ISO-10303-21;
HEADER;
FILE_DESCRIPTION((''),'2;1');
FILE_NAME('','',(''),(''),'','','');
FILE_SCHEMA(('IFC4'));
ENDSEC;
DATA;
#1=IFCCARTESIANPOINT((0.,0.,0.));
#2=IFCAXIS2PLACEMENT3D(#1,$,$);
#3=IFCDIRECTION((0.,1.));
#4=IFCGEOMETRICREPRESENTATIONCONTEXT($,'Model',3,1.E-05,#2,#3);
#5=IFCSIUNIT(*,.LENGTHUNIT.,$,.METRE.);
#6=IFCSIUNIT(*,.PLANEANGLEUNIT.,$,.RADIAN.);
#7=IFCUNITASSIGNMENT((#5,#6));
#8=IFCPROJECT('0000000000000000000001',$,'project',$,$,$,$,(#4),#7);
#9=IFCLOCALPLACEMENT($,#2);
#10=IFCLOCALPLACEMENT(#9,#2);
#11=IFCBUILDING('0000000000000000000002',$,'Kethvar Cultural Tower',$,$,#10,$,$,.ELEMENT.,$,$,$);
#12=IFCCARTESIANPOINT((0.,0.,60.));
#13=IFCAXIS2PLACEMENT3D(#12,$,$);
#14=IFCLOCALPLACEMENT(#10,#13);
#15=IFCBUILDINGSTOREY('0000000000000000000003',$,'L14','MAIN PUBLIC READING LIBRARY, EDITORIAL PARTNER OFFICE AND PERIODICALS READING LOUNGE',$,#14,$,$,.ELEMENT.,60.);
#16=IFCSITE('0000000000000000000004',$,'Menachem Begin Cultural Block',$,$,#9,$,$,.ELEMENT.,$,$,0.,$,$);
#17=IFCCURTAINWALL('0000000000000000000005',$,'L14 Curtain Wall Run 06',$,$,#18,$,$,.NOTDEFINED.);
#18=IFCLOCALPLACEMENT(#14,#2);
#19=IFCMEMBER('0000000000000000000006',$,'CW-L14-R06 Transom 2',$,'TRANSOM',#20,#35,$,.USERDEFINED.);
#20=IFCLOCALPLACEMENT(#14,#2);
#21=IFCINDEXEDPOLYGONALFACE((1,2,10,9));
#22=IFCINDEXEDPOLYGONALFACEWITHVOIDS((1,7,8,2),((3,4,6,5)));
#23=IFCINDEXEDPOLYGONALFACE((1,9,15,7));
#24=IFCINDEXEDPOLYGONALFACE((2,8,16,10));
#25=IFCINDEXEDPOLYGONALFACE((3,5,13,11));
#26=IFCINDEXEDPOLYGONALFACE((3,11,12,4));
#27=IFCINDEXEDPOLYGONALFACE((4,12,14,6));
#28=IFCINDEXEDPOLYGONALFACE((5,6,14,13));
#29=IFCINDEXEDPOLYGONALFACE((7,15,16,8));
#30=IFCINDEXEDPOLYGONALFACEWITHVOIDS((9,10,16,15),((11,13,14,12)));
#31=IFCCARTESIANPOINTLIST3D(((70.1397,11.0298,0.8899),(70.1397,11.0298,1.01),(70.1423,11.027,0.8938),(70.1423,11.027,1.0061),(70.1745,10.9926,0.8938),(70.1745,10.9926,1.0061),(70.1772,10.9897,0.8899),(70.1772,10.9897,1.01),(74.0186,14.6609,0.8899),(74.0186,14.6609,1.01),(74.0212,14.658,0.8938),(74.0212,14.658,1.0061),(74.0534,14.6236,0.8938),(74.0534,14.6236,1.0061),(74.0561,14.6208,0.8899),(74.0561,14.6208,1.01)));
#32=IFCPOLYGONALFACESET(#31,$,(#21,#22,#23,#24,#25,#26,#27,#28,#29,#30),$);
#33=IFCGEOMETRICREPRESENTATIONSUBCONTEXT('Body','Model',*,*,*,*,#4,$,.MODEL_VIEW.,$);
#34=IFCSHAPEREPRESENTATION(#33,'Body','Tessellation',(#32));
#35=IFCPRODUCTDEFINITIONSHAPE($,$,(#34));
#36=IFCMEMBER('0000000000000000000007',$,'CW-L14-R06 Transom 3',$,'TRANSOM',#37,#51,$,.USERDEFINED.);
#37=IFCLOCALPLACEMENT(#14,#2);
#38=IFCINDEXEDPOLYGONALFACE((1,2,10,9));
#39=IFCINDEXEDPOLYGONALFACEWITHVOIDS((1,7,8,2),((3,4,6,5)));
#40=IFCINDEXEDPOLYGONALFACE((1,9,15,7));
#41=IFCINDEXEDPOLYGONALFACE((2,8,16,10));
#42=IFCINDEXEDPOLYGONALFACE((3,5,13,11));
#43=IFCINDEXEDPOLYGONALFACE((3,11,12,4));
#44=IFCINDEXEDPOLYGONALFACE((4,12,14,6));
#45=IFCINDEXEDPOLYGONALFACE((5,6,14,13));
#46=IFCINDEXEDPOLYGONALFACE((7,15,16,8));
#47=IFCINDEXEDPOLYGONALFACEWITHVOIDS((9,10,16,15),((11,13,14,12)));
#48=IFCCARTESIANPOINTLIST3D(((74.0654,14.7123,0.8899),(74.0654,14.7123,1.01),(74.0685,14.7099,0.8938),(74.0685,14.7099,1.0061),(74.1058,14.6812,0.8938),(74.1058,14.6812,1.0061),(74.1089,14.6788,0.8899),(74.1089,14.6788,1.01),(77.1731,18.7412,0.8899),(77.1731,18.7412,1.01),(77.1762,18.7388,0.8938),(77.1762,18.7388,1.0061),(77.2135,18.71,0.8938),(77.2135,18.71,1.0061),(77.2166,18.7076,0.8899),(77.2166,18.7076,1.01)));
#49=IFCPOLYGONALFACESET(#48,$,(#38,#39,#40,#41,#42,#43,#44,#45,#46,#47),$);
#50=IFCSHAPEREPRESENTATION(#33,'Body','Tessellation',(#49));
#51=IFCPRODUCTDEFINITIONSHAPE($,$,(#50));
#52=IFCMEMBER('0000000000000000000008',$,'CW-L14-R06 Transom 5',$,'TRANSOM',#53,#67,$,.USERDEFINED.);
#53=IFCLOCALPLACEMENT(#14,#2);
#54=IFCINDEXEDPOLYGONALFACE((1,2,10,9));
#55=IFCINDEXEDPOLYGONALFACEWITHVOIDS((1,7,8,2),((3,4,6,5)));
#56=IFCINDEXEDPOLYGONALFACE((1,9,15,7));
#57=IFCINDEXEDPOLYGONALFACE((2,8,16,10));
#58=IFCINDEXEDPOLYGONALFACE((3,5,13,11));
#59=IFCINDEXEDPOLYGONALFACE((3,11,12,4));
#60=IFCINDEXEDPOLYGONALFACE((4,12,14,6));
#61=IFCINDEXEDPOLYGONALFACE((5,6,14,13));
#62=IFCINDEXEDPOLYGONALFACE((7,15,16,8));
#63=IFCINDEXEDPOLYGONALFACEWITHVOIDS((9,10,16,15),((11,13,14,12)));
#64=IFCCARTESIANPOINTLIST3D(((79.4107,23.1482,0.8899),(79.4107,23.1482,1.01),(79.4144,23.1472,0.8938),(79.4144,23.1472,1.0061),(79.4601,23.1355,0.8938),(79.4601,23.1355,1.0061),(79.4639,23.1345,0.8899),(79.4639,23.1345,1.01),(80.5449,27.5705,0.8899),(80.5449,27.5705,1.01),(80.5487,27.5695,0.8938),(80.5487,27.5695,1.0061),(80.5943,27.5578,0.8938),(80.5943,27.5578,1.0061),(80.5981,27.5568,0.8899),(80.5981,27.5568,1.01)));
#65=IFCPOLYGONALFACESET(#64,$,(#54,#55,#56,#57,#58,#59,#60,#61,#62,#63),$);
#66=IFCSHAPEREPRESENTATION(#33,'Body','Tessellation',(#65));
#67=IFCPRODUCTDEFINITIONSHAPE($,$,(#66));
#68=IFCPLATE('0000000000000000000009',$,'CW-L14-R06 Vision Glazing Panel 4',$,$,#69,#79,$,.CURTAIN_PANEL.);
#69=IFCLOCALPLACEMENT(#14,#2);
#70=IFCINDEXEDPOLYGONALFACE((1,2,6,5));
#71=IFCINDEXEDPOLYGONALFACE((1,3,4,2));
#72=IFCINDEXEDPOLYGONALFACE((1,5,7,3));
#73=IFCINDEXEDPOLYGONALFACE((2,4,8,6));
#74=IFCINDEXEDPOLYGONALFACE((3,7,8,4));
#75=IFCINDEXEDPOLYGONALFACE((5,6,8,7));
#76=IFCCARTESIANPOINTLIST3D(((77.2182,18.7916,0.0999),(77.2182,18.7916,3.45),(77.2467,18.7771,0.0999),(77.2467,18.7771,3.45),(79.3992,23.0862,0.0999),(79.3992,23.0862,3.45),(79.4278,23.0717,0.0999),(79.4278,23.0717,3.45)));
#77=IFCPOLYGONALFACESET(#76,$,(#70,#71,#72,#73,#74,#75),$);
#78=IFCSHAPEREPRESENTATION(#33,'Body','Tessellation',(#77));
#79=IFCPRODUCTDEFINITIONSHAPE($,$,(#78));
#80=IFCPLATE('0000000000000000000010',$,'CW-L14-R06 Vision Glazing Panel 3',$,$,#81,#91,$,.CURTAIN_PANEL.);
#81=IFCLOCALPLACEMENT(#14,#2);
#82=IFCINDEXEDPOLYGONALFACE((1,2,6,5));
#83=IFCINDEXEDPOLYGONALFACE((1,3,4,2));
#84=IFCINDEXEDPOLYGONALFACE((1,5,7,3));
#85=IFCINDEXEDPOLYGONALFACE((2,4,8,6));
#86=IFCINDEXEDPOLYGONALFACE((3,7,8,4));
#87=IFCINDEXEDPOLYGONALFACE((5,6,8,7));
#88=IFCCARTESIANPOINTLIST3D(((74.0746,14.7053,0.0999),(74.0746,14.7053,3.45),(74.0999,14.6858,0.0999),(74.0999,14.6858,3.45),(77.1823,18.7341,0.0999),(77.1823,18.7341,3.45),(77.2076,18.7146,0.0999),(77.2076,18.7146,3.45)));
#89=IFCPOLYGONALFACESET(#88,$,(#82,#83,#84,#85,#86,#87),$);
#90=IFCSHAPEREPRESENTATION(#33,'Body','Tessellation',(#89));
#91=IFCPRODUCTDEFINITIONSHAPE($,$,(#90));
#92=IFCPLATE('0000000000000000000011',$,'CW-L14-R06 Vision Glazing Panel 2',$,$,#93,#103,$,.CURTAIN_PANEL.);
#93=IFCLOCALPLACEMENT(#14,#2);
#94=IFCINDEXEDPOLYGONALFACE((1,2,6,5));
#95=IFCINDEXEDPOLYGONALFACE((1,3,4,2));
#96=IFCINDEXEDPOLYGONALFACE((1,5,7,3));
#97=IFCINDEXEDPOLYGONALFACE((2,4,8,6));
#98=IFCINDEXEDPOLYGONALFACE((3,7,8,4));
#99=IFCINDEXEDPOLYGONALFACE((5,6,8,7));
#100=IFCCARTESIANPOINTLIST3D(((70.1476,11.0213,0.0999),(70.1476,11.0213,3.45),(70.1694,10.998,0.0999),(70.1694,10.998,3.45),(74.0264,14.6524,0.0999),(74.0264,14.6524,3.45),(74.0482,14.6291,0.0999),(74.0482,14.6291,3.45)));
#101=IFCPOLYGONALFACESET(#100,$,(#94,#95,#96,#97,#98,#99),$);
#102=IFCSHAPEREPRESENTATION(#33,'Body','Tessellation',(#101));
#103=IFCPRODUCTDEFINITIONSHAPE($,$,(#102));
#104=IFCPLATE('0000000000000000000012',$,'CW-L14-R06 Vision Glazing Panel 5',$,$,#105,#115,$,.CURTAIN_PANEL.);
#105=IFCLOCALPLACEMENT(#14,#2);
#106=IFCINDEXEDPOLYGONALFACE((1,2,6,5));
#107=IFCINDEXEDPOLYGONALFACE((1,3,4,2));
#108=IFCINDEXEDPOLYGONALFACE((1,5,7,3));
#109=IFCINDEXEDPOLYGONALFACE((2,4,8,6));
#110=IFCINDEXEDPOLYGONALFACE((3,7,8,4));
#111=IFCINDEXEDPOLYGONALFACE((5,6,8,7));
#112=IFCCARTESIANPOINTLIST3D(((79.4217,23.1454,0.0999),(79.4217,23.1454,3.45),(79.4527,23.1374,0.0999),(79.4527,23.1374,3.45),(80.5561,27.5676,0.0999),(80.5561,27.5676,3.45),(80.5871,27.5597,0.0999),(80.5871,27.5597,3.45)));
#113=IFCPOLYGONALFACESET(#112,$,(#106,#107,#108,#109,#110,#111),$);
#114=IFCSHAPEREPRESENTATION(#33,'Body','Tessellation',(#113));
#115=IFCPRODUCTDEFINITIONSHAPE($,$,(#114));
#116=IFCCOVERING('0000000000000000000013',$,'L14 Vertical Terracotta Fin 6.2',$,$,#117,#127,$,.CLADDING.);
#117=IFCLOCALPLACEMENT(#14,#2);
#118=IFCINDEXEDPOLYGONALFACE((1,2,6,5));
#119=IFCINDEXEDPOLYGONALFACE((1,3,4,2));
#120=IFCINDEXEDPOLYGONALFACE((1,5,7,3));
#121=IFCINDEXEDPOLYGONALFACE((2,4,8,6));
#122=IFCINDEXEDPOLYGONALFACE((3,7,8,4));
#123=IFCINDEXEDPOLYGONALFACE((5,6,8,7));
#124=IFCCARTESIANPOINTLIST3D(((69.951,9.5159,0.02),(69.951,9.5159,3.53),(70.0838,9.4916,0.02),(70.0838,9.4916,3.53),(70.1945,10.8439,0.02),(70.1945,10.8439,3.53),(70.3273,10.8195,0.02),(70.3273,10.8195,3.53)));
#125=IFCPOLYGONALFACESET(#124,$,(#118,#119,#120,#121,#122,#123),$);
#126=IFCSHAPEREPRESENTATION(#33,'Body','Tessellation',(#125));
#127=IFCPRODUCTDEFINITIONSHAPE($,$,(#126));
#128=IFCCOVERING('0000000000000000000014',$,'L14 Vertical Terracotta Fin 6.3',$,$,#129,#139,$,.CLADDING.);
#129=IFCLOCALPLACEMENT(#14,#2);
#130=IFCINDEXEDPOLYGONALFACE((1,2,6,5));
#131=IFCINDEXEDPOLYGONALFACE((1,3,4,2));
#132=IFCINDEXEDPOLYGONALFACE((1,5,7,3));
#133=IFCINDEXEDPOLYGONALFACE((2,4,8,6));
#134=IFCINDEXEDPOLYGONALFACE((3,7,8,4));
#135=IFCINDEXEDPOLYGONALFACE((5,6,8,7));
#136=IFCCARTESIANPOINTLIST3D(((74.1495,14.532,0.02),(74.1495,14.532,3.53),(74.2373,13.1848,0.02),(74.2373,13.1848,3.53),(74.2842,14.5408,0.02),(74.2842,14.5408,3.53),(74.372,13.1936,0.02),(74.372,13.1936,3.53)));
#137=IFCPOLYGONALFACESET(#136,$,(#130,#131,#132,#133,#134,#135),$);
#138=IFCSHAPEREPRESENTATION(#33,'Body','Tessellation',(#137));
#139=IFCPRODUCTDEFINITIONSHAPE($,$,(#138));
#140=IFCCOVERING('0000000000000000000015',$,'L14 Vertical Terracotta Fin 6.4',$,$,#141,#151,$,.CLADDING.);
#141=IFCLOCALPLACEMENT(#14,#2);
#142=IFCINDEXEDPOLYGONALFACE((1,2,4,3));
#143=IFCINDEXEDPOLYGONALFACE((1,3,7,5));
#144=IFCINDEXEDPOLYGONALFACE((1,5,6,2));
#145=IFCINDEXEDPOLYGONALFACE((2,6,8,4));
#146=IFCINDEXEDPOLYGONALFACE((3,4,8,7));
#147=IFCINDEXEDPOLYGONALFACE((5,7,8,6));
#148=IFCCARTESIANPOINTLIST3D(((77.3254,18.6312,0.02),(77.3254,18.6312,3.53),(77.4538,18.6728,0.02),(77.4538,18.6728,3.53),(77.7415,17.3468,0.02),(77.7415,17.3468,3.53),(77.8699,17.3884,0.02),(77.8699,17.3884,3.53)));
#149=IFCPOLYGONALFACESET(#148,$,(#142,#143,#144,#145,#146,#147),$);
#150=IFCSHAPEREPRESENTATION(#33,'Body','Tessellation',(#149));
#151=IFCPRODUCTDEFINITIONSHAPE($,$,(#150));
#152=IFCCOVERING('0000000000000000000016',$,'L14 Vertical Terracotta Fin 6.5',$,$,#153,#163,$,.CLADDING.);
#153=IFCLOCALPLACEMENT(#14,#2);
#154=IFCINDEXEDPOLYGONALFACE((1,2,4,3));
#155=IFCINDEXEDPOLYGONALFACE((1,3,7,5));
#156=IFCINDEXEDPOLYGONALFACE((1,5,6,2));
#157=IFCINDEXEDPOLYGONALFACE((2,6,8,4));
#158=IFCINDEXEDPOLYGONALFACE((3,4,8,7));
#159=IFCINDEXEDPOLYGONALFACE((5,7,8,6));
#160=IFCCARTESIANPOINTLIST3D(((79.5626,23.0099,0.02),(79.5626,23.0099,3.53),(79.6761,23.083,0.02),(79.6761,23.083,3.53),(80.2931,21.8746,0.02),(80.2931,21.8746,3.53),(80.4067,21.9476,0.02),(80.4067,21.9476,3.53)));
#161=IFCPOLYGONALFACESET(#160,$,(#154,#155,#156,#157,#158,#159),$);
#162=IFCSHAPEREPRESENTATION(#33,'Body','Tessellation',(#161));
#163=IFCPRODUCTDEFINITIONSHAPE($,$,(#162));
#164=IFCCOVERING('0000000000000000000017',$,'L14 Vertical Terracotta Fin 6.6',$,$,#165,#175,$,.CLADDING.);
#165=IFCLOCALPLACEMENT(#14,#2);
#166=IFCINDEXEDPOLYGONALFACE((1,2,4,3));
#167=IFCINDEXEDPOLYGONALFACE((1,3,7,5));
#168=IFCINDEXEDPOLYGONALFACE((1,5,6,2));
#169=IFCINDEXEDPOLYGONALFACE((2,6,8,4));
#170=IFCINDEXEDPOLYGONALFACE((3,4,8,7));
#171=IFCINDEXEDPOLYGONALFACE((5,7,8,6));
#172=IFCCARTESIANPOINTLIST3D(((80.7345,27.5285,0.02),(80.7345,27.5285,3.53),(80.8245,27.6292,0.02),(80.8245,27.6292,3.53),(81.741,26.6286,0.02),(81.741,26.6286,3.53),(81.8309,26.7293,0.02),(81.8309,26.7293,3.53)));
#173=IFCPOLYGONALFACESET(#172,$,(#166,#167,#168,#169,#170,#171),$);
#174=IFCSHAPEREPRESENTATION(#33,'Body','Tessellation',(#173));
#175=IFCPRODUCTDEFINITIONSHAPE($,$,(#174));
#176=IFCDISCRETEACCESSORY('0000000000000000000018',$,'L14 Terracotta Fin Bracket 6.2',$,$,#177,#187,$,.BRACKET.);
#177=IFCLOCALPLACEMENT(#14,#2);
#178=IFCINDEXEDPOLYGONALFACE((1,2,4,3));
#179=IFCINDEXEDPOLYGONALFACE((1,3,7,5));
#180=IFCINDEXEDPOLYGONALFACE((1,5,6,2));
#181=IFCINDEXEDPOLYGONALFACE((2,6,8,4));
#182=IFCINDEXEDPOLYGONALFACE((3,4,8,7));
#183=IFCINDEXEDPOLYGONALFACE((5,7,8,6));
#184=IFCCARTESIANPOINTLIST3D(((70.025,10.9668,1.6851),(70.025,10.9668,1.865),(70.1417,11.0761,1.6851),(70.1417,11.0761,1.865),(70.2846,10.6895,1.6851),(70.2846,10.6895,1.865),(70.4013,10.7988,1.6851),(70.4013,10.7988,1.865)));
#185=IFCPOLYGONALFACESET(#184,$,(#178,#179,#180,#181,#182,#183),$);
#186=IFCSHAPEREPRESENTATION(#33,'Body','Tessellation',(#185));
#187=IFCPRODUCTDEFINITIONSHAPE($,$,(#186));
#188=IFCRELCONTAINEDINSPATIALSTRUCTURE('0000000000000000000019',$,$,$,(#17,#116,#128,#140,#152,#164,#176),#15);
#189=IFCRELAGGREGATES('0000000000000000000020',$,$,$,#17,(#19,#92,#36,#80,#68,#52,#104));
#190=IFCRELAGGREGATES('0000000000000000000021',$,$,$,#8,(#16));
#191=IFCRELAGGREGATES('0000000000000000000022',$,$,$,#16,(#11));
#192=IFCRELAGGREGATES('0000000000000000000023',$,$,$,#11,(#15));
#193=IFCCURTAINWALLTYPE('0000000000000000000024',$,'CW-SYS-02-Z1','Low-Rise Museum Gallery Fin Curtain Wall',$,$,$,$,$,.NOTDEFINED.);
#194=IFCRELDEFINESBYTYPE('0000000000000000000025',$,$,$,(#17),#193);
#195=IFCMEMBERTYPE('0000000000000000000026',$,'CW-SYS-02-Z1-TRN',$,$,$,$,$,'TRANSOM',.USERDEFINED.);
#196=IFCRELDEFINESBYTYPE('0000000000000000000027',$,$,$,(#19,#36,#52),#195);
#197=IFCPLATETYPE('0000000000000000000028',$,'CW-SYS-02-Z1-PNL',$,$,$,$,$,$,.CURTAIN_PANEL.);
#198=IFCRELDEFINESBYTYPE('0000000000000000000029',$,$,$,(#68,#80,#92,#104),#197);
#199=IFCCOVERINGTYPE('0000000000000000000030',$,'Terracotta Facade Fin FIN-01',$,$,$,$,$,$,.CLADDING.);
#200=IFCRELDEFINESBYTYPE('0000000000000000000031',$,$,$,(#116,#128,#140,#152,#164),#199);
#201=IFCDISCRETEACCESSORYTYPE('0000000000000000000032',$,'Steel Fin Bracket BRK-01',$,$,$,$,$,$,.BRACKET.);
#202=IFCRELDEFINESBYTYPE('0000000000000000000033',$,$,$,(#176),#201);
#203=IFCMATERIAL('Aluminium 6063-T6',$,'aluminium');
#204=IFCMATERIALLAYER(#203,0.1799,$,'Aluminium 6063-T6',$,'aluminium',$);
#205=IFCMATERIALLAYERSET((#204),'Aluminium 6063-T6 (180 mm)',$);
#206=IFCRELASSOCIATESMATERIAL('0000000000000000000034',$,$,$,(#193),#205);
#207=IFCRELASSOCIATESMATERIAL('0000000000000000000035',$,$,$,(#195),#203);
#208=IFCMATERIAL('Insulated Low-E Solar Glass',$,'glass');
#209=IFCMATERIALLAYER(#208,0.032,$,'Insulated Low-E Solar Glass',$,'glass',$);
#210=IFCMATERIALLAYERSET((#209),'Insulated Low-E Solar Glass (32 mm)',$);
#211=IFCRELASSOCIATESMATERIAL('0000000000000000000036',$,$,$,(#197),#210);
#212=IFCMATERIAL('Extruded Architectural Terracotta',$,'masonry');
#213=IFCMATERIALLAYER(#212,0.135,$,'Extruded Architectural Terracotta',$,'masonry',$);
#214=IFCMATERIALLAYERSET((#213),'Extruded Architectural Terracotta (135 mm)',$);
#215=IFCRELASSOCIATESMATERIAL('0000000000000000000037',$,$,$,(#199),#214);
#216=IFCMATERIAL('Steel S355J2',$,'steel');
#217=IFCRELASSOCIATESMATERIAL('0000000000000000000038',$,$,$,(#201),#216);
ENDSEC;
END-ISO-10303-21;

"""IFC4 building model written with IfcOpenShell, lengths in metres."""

from ifc_helpers import new_model, si_unit, direction, frame, origin, origin_2d, place, context, subcontext, project, spatial, rectangle, hollow_rectangle, extrude, source, transform, mapped, material, layer, layer_set, material_profile, profile_set, type_object, element, aggregate, save


model = new_model("IFC4")

# Units and contexts
model_context = context("Model", 3, precision=1e-05, world=origin(), true_north=direction((0.0, 1.0)))
body_context = subcontext(model_context, "Body", "Model", "MODEL_VIEW")
ifc_project = project(units=[si_unit("LENGTHUNIT", "METRE"), si_unit("PLANEANGLEUNIT", "RADIAN")], contexts=[model_context])

# Site, building, storey
site_placement = place(None, origin())
site = spatial("IfcSite", under=ifc_project, at=site_placement, Name="Menachem Begin Cultural Block", CompositionType="ELEMENT", RefElevation=0.0)
building_placement = place(site_placement, origin())
building = spatial("IfcBuilding", under=site, at=building_placement, Name="Kethvar Cultural Tower", CompositionType="ELEMENT")
storey_placement = place(building_placement, frame((0.0, 0.0, 60.0)))
storey = spatial("IfcBuildingStorey", under=building, at=storey_placement, Name="L14", Description="MAIN PUBLIC READING LIBRARY, EDITORIAL PARTNER OFFICE AND PERIODICALS READING LOUNGE", CompositionType="ELEMENT", Elevation=60.0)

# Shared definitions
ifc_material_1 = material(Name="Steel S355J2", Category="steel")

# Curtain wall, members, plates
ifc_material_2 = material(Name="Aluminium 6063-T6", Category="aluminium")
ifc_layer_1 = layer(ifc_material_2, 0.1799, Name="Aluminium 6063-T6", Category="aluminium")
ifc_layer_set_1 = layer_set([ifc_layer_1], Name="Aluminium 6063-T6 (180 mm)")
curtain_wall_type = type_object("IfcCurtainWallType", Name="CW-SYS-02-Z1", Description="Low-Rise Museum Gallery Fin Curtain Wall", PredefinedType="NOTDEFINED", material=ifc_layer_set_1)
curtain_wall_placement = place(storey_placement, origin())
curtain_wall = element("IfcCurtainWall", 1, at=curtain_wall_placement, inside=storey, type_object=curtain_wall_type, Name="L14 Curtain Wall Run 06", PredefinedType="NOTDEFINED")
ifc_material_profile_1 = material_profile(ifc_material_2, hollow_rectangle(XDim=0.0549, YDim=0.1201, WallThickness=0.0039, at=origin_2d()), Name="Aluminium 6063-T6 — RHS120x55x4")
ifc_profile_set_1 = profile_set([ifc_material_profile_1], Name="Aluminium 6063-T6 — RHS120x55x4")
member_type_1 = type_object("IfcMemberType", Name="CW-SYS-02-Z1-TRN", ElementType="TRANSOM", PredefinedType="USERDEFINED", material=ifc_profile_set_1)
shared_shape_1 = source(origin(), body_context, "Body", "SweptSolid", [
    extrude(hollow_rectangle(XDim=0.0549, YDim=0.1201, WallThickness=0.0039, at=origin_2d()), origin(), (0.0, 0.0, 1.0), 5.3132),
])
member_1_placement = place(storey_placement, frame((70.1584, 11.0098, 0.95), z_axis=(0.730041, 0.683403, 0.0), x_axis=(-0.683403, 0.730041, 0.0)))
member_1 = element("IfcMember", 2, at=member_1_placement, type_object=member_type_1, Name="CW-L14-R06 Transom 2", ObjectType="TRANSOM", PredefinedType="USERDEFINED", context=body_context, shape_type="MappedRepresentation", body=[
    mapped(shared_shape_1, transform((0.0, 0.0, 0.0), scale=1.0)),
])
shared_shape_2 = source(origin(), body_context, "Body", "SweptSolid", [
    extrude(hollow_rectangle(XDim=0.0549, YDim=0.1201, WallThickness=0.0039, at=origin_2d()), origin(), (0.0, 0.0, 1.0), 5.0881),
])
member_2_placement = place(storey_placement, frame((74.0872, 14.6956, 0.95), z_axis=(0.61077, 0.791808, 0.0), x_axis=(-0.791808, 0.61077, 0.0)))
member_2 = element("IfcMember", 3, at=member_2_placement, type_object=member_type_1, Name="CW-L14-R06 Transom 3", ObjectType="TRANSOM", PredefinedType="USERDEFINED", context=body_context, shape_type="MappedRepresentation", body=[
    mapped(shared_shape_2, transform((0.0, 0.0, 0.0), scale=1.0)),
])
shared_shape_3 = source(origin(), body_context, "Body", "SweptSolid", [
    extrude(hollow_rectangle(XDim=0.0549, YDim=0.1201, WallThickness=0.0039, at=origin_2d()), origin(), (0.0, 0.0, 1.0), 4.5654),
])
member_3_placement = place(storey_placement, frame((79.4373, 23.1414, 0.95), z_axis=(0.248445, 0.968646, 0.0), x_axis=(-0.968646, 0.248445, 0.0)))
member_3 = element("IfcMember", 4, at=member_3_placement, type_object=member_type_1, Name="CW-L14-R06 Transom 5", ObjectType="TRANSOM", PredefinedType="USERDEFINED", context=body_context, shape_type="MappedRepresentation", body=[
    mapped(shared_shape_3, transform((0.0, 0.0, 0.0), scale=1.0)),
])
ifc_material_3 = material(Name="Insulated Low-E Solar Glass", Category="glass")
ifc_layer_2 = layer(ifc_material_3, 0.032, Name="Insulated Low-E Solar Glass", Category="glass")
ifc_layer_set_2 = layer_set([ifc_layer_2], Name="Insulated Low-E Solar Glass (32 mm)")
plate_type = type_object("IfcPlateType", Name="CW-SYS-02-Z1-PNL", PredefinedType="CURTAIN_PANEL", material=ifc_layer_set_2)
shared_shape_4 = source(origin(), body_context, "Body", "SweptSolid", [
    extrude(rectangle(XDim=4.8167, YDim=0.032, at=origin_2d()), origin(), (0.0, 0.0, 1.0), 3.3501),
])
plate_1_placement = place(storey_placement, frame((78.323, 20.9316, 0.0999), z_axis=(0.0, 0.0, 1.0), x_axis=(0.452808, 0.891608, 0.0)))
plate_1 = element("IfcPlate", 5, at=plate_1_placement, type_object=plate_type, Name="CW-L14-R06 Vision Glazing Panel 4", PredefinedType="CURTAIN_PANEL", context=body_context, shape_type="MappedRepresentation", body=[
    mapped(shared_shape_4, transform((0.0, 0.0, 0.0), scale=1.0)),
])
shared_shape_5 = source(origin(), body_context, "Body", "SweptSolid", [
    extrude(rectangle(XDim=5.0881, YDim=0.032, at=origin_2d()), origin(), (0.0, 0.0, 1.0), 3.3501),
])
plate_2_placement = place(storey_placement, frame((75.6411, 16.71, 0.0999), z_axis=(0.0, 0.0, 1.0), x_axis=(0.610781, 0.7918, 0.0)))
plate_2 = element("IfcPlate", 6, at=plate_2_placement, type_object=plate_type, Name="CW-L14-R06 Vision Glazing Panel 3", PredefinedType="CURTAIN_PANEL", context=body_context, shape_type="MappedRepresentation", body=[
    mapped(shared_shape_5, transform((0.0, 0.0, 0.0), scale=1.0)),
])
shared_shape_6 = source(origin(), body_context, "Body", "SweptSolid", [
    extrude(rectangle(XDim=5.3132, YDim=0.032, at=origin_2d()), origin(), (0.0, 0.0, 1.0), 3.3501),
])
plate_3_placement = place(storey_placement, frame((72.0979, 12.8252, 0.0999), z_axis=(0.0, 0.0, 1.0), x_axis=(0.730031, 0.683414, 0.0)))
plate_3 = element("IfcPlate", 7, at=plate_3_placement, type_object=plate_type, Name="CW-L14-R06 Vision Glazing Panel 2", PredefinedType="CURTAIN_PANEL", context=body_context, shape_type="MappedRepresentation", body=[
    mapped(shared_shape_6, transform((0.0, 0.0, 0.0), scale=1.0)),
])
shared_shape_7 = source(origin(), body_context, "Body", "SweptSolid", [
    extrude(rectangle(XDim=4.5654, YDim=0.032, at=origin_2d()), origin(), (0.0, 0.0, 1.0), 3.3501),
])
plate_4_placement = place(storey_placement, frame((80.0044, 25.3525, 0.0999), z_axis=(0.0, 0.0, 1.0), x_axis=(0.248487, 0.968635, 0.0)))
plate_4 = element("IfcPlate", 8, at=plate_4_placement, type_object=plate_type, Name="CW-L14-R06 Vision Glazing Panel 5", PredefinedType="CURTAIN_PANEL", context=body_context, shape_type="MappedRepresentation", body=[
    mapped(shared_shape_7, transform((0.0, 0.0, 0.0), scale=1.0)),
])
aggregate(curtain_wall, [member_1, plate_3, member_2, plate_2, plate_1, member_3, plate_4])

# Coverings
ifc_material_4 = material(Name="Extruded Architectural Terracotta", Category="masonry")
ifc_layer_3 = layer(ifc_material_4, 0.135, Name="Extruded Architectural Terracotta", Category="masonry")
ifc_layer_set_3 = layer_set([ifc_layer_3], Name="Extruded Architectural Terracotta (135 mm)")
covering_type = type_object("IfcCoveringType", Name="Terracotta Facade Fin FIN-01", PredefinedType="CLADDING", material=ifc_layer_set_3)
shared_shape_8 = source(origin(), body_context, "Body", "SweptSolid", [
    extrude(rectangle(XDim=1.3501, YDim=0.135, at=origin_2d()), origin(), (0.0, 0.0, 1.0), 3.51),
])
for number, where, z_axis, x_axis, name in (
    (9, (70.1392, 10.1677, 0.02), (0.0, 0.0, 1.0), (-0.180347, -0.983603, 0.0), "L14 Vertical Terracotta Fin 6.2"),
    (10, (74.2607, 13.8628, 0.02), (0.0, 0.0, 1.0), (0.065055, -0.997882, 0.0), "L14 Vertical Terracotta Fin 6.3"),
    (11, (77.5977, 18.0098, 0.02), (0.0, 0.0, 1.0), (0.308187, -0.951326, 0.0), "L14 Vertical Terracotta Fin 6.4"),
    (12, (79.9846, 22.4788, 0.02), (0.0, 0.0, 1.0), (0.541121, -0.840945, 0.0), "L14 Vertical Terracotta Fin 6.5"),
    (13, (81.2827, 27.1289, 0.02), (0.0, 0.0, 1.0), (0.745476, -0.666532, 0.0), "L14 Vertical Terracotta Fin 6.6"),
):
    element("IfcCovering", number, at=place(storey_placement, frame(where, z_axis=z_axis, x_axis=x_axis)), inside=storey, type_object=covering_type, Name=name, PredefinedType="CLADDING", context=body_context, shape_type="MappedRepresentation", body=[
        mapped(shared_shape_8, transform((0.0, 0.0, 0.0), scale=1.0)),
    ])

# Discrete accessory
discrete_accessory_type = type_object("IfcDiscreteAccessoryType", Name="Steel Fin Bracket BRK-01", PredefinedType="BRACKET", material=ifc_material_1)
shared_shape_9 = source(origin(), body_context, "Body", "SweptSolid", [
    extrude(rectangle(XDim=0.3799, YDim=0.1599, at=origin_2d()), origin(), (0.0, 0.0, 1.0), 0.1799),
])
for number, where, z_axis, x_axis, name in (
    (14, (70.2131, 10.8828, 1.6851), (0.0, 0.0, 1.0), (0.683401, -0.730043, 0.0), "L14 Terracotta Fin Bracket 6.2"),
):
    element("IfcDiscreteAccessory", number, at=place(storey_placement, frame(where, z_axis=z_axis, x_axis=x_axis)), inside=storey, type_object=discrete_accessory_type, Name=name, PredefinedType="BRACKET", context=body_context, shape_type="MappedRepresentation", body=[
        mapped(shared_shape_9, transform((0.0, 0.0, 0.0), scale=1.0)),
    ])

save(model, "model.ifc")
